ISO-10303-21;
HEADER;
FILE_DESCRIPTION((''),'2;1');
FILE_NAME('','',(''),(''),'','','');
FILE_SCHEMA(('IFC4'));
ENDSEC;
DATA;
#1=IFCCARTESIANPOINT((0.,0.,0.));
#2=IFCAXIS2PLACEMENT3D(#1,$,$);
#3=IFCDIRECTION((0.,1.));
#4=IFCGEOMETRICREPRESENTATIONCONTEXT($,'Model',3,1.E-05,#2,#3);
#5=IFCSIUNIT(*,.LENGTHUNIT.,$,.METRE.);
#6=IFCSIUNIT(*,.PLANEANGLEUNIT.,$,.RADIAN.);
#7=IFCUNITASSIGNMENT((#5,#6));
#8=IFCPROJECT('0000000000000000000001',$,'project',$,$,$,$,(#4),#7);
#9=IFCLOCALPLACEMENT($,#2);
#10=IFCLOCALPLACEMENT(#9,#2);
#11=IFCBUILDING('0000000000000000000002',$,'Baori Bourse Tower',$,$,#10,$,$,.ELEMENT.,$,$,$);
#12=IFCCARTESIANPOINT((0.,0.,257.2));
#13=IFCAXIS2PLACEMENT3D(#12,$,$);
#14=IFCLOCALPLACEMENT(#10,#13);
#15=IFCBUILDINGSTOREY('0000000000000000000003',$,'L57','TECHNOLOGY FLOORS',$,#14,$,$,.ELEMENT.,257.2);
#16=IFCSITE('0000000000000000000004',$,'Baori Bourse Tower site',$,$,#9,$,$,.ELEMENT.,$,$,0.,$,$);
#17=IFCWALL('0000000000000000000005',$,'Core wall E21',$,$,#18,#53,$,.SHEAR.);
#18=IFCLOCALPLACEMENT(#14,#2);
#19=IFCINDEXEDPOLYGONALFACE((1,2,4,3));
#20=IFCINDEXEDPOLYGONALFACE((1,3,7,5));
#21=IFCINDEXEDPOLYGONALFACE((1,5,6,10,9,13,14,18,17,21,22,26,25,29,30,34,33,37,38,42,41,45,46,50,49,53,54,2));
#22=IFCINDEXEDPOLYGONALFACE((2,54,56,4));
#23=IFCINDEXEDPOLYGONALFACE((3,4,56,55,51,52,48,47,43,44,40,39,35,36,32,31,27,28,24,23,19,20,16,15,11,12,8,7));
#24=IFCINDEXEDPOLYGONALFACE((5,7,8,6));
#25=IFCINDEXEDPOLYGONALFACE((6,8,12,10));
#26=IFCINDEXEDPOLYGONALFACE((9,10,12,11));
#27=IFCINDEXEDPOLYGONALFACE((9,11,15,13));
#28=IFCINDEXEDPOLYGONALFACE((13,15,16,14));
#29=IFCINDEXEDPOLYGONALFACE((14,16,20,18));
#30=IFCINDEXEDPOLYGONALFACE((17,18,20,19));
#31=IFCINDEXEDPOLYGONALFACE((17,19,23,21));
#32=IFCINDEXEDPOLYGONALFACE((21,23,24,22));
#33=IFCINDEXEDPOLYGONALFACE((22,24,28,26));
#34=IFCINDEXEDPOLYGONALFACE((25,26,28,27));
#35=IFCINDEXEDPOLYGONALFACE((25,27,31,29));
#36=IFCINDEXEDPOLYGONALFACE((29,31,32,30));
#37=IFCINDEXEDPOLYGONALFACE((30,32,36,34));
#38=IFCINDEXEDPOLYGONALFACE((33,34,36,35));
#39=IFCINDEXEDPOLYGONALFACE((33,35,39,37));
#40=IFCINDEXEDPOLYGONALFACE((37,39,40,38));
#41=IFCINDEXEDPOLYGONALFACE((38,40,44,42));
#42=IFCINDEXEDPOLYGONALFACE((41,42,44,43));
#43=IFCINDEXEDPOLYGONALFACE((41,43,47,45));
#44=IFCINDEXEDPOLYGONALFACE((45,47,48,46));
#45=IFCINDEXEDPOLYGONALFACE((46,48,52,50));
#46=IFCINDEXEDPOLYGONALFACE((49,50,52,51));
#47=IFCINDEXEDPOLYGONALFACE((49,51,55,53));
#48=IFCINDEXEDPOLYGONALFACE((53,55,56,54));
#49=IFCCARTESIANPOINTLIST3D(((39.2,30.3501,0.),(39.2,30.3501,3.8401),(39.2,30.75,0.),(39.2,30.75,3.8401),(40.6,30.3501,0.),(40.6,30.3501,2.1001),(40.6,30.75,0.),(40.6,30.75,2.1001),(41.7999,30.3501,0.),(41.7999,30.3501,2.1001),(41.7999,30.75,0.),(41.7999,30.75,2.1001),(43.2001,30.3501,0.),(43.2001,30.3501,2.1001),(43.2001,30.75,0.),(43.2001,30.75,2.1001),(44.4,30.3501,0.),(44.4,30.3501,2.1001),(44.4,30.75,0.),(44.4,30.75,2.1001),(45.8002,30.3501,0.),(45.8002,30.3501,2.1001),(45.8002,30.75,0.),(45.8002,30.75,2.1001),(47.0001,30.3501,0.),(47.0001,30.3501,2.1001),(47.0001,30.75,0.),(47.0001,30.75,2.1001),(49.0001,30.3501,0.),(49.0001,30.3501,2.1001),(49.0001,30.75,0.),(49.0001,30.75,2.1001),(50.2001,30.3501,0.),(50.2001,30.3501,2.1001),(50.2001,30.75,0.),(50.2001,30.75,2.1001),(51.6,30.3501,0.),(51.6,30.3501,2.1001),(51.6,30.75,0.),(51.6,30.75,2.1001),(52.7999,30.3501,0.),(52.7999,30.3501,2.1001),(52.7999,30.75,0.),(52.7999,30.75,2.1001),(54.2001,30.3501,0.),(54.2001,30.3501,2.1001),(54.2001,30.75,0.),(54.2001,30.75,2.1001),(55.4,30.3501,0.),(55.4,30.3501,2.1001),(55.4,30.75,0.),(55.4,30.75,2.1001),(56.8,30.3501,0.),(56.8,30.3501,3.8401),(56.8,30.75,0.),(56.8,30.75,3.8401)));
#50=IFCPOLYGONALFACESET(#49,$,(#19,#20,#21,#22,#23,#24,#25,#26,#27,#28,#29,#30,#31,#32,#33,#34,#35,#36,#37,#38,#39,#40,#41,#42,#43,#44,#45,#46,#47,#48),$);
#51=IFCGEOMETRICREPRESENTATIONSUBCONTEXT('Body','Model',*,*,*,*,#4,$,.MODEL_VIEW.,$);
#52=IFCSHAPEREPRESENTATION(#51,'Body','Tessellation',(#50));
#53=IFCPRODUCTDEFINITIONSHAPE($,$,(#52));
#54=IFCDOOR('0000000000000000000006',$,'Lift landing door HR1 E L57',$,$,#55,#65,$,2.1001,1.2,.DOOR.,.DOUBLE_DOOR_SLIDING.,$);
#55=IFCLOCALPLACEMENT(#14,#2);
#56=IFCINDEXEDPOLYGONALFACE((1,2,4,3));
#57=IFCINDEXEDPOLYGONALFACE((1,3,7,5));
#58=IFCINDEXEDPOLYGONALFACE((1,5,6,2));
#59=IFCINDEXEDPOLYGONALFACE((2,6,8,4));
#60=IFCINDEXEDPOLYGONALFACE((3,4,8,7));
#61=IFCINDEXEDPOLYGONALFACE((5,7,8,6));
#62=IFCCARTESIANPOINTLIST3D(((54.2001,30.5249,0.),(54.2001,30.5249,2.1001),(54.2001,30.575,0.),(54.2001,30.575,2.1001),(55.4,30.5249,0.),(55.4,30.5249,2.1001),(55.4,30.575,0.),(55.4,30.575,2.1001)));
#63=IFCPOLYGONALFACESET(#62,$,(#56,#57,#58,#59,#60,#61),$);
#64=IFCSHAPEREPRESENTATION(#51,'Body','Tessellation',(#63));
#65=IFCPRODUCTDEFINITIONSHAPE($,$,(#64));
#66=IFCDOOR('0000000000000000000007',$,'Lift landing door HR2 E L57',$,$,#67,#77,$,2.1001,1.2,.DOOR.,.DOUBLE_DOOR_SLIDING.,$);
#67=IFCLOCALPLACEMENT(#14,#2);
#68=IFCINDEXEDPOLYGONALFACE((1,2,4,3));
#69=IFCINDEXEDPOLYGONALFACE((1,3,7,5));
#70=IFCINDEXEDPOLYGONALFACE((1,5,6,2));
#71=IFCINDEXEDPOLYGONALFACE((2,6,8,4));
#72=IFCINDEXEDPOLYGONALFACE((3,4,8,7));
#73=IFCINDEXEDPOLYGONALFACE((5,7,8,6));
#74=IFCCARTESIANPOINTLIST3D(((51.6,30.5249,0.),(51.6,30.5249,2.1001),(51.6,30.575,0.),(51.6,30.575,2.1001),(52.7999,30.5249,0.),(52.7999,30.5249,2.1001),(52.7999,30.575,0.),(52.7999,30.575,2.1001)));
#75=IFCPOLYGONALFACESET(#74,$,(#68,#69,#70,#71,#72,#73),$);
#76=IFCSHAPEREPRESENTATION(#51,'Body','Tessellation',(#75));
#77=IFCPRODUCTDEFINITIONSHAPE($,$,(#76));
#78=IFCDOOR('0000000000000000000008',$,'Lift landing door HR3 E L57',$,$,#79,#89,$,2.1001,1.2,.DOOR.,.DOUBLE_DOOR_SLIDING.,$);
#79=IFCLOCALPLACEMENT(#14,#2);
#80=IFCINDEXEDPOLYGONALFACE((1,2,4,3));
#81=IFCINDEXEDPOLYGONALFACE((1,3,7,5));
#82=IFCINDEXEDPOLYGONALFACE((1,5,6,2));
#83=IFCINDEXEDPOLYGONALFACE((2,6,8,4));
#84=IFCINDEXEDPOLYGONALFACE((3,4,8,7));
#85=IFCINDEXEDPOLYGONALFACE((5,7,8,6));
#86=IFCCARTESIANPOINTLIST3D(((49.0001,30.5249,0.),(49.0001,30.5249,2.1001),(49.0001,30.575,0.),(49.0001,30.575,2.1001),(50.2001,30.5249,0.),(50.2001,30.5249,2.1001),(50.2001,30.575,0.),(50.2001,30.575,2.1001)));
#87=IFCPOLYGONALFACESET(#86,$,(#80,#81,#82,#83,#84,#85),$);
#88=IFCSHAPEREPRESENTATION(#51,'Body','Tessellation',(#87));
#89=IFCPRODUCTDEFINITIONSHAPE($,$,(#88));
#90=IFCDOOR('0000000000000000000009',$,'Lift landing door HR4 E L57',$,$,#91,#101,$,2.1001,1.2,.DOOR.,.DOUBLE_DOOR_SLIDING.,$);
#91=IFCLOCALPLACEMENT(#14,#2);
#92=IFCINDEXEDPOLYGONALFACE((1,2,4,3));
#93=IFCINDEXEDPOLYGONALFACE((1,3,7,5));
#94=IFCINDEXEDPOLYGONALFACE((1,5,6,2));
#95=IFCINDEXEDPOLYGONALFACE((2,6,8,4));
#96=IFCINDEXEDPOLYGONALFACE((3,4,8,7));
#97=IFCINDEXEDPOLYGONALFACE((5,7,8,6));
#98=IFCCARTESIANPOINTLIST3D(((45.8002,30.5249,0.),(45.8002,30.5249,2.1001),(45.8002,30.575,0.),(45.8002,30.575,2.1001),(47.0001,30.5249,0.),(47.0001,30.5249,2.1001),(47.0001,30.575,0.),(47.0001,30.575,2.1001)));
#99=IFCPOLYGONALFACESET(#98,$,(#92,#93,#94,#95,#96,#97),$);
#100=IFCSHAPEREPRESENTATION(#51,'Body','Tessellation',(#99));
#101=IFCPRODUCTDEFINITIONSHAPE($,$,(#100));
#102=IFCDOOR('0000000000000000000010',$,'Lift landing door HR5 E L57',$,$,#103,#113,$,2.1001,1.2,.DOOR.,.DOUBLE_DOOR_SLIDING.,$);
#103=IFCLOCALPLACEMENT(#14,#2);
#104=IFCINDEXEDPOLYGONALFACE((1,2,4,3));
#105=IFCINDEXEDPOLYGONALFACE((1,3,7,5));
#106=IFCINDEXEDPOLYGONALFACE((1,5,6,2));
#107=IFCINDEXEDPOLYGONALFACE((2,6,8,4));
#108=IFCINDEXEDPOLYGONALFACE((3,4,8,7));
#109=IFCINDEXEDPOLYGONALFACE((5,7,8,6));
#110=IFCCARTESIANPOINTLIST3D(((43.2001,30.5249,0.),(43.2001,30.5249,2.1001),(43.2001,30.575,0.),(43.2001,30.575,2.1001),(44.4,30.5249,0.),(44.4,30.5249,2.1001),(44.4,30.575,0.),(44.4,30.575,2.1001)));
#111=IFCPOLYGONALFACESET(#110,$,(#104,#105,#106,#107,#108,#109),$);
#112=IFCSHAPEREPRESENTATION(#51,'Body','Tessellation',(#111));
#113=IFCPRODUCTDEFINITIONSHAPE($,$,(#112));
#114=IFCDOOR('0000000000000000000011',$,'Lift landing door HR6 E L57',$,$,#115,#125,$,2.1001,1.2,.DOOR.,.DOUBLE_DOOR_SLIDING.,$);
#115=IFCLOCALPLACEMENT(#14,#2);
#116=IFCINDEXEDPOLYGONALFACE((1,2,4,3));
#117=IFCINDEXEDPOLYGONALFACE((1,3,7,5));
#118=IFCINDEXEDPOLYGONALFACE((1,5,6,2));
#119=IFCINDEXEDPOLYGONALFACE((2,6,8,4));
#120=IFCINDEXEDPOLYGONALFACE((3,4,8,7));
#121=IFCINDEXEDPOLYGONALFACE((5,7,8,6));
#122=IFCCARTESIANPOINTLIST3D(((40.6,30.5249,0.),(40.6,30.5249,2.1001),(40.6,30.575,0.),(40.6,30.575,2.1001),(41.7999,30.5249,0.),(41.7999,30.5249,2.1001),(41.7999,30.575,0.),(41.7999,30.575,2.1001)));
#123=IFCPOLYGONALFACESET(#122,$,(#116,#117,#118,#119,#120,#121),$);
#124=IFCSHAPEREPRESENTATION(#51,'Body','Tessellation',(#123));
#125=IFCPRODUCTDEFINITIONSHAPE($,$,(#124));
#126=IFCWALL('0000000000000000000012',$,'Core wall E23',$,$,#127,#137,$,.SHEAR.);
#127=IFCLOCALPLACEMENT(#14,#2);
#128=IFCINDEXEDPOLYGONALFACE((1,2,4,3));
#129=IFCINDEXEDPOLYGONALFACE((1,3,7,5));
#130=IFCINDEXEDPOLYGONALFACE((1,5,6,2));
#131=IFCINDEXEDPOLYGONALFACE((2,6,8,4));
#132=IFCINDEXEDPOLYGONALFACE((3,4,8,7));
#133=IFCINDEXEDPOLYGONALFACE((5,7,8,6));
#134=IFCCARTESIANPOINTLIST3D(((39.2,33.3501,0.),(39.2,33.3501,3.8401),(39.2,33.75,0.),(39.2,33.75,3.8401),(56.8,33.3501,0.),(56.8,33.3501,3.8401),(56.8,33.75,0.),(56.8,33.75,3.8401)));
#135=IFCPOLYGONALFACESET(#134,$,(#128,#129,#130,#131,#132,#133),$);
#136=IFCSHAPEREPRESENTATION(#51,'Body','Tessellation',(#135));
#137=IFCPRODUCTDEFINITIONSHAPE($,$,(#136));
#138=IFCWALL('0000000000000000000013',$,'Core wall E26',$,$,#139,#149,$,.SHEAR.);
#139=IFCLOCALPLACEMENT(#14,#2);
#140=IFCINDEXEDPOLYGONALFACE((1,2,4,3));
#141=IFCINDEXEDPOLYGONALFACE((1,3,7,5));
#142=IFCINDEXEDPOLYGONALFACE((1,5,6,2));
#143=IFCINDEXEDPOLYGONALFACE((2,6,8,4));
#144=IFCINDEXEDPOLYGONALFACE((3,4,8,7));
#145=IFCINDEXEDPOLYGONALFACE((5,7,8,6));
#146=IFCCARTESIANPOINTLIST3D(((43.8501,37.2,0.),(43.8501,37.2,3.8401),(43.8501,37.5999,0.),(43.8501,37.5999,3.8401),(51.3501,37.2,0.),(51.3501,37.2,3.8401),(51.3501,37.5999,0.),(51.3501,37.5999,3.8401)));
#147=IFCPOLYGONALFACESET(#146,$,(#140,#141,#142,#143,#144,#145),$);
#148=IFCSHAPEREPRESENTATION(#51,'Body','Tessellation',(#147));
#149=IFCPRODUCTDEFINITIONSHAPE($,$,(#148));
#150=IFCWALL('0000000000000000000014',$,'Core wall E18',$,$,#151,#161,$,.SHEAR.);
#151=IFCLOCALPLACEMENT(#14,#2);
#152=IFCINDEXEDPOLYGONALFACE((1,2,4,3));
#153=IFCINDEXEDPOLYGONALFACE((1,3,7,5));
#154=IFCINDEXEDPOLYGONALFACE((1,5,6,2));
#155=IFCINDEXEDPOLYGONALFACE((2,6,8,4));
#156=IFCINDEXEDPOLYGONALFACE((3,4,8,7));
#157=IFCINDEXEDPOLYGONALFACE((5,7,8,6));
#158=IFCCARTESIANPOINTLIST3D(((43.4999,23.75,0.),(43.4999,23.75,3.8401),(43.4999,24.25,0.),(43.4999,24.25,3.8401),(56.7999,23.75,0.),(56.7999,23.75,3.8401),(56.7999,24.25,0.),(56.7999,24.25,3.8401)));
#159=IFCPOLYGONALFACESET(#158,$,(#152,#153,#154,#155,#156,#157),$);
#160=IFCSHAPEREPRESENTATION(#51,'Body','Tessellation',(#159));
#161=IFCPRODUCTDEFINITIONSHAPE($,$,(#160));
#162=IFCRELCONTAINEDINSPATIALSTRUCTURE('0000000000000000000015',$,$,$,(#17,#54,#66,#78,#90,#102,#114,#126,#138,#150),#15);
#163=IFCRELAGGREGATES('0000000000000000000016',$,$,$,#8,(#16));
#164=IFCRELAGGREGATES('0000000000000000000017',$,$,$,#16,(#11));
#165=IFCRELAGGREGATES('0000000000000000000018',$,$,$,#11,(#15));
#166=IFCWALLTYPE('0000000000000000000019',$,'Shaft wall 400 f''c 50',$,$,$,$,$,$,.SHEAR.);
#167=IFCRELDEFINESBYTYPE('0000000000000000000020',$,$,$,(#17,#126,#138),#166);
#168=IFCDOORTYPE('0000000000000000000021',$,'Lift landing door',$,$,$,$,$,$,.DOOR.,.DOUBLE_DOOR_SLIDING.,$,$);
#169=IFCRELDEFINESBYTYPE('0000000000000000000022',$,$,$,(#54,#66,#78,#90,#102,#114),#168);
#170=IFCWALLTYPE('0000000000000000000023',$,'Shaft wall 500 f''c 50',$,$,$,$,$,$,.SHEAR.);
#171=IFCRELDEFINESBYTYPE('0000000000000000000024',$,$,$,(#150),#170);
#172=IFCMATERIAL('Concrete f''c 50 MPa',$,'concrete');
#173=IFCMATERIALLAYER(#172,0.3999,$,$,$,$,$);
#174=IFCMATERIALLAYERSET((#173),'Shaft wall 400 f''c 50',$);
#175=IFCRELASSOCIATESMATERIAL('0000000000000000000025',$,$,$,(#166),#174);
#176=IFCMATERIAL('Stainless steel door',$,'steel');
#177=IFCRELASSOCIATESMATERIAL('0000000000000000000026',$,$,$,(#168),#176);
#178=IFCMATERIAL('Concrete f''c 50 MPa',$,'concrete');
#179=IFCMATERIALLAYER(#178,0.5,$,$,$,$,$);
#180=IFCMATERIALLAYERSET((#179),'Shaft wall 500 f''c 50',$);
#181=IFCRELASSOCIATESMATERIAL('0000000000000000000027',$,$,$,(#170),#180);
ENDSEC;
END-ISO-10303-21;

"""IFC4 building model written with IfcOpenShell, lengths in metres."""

from ifc_helpers import new_model, si_unit, direction, frame, frame_2d, origin, place, context, subcontext, project, spatial, rectangle, extrude, material, layer, layer_set, type_object, element, fill, save


model = new_model("IFC4")

# Units and contexts
model_context = context("Model", 3, precision=1e-05, world=origin(), true_north=direction((0.0, 1.0)))
body_context = subcontext(model_context, "Body", "Model", "MODEL_VIEW")
ifc_project = project(units=[si_unit("LENGTHUNIT", "METRE"), si_unit("PLANEANGLEUNIT", "RADIAN")], contexts=[model_context])

# Site, building, storey
site_placement = place(None, origin())
site = spatial("IfcSite", under=ifc_project, at=site_placement, Name="Baori Bourse Tower site", CompositionType="ELEMENT", RefElevation=0.0)
building_placement = place(site_placement, origin())
building = spatial("IfcBuilding", under=site, at=building_placement, Name="Baori Bourse Tower", CompositionType="ELEMENT")
storey_placement = place(building_placement, frame((0.0, 0.0, 257.2)))
storey = spatial("IfcBuildingStorey", under=building, at=storey_placement, Name="L57", Description="TECHNOLOGY FLOORS", CompositionType="ELEMENT", Elevation=257.2)

# Wall, openings, doors
ifc_material_1 = material(Name="Concrete f'c 50 MPa", Category="concrete")
ifc_layer_1 = layer(ifc_material_1, 0.3999)
ifc_layer_set_1 = layer_set([ifc_layer_1], Name="Shaft wall 400 f'c 50")
wall_type_1 = type_object("IfcWallType", Name="Shaft wall 400 f'c 50", PredefinedType="SHEAR", material=ifc_layer_set_1)
ifc_material_2 = material(Name="Stainless steel door", Category="steel")
door_type_1 = type_object("IfcDoorType", Name="Lift landing door", OperationType="DOUBLE_DOOR_SLIDING", PredefinedType="DOOR", material=ifc_material_2)
wall_1_placement = place(storey_placement, frame((39.2, 30.55, 0.0), z_axis=(0.0, 0.0, 1.0), x_axis=(1.0, 0.0, 0.0)))
wall_1 = element("IfcWall", 1, at=wall_1_placement, inside=storey, type_object=wall_type_1, Name="Core wall E21", PredefinedType="SHEAR", context=body_context, shape_type="SweptSolid", body=[
    extrude(rectangle(XDim=17.6001, YDim=0.3999, at=frame_2d((8.8, 0.0))), origin(), (0.0, 0.0, 1.0), 3.8401),
])
opening_1_placement = place(wall_1_placement, frame((15.0, 0.0, 0.0)))
opening_1 = element("IfcOpeningElement", 2, at=opening_1_placement, cuts=wall_1, PredefinedType="OPENING", context=body_context, shape_type="SweptSolid", body=[
    extrude(rectangle(XDim=1.2, YDim=2.1001, at=frame_2d((0.6001, 1.05))), frame((0.0, 0.21, 0.0), z_axis=(0.0, -1.0, 0.0), x_axis=(1.0, 0.0, 0.0)), (0.0, 0.0, 1.0), 0.4199),
])
opening_2_placement = place(wall_1_placement, frame((12.3999, 0.0, 0.0)))
opening_2 = element("IfcOpeningElement", 3, at=opening_2_placement, cuts=wall_1, PredefinedType="OPENING", context=body_context, shape_type="SweptSolid", body=[
    extrude(rectangle(XDim=1.2, YDim=2.1001, at=frame_2d((0.6001, 1.05))), frame((0.0, 0.21, 0.0), z_axis=(0.0, -1.0, 0.0), x_axis=(1.0, 0.0, 0.0)), (0.0, 0.0, 1.0), 0.4199),
])
opening_3_placement = place(wall_1_placement, frame((9.8, 0.0, 0.0)))
opening_3 = element("IfcOpeningElement", 4, at=opening_3_placement, cuts=wall_1, PredefinedType="OPENING", context=body_context, shape_type="SweptSolid", body=[
    extrude(rectangle(XDim=1.2, YDim=2.1001, at=frame_2d((0.6001, 1.05))), frame((0.0, 0.21, 0.0), z_axis=(0.0, -1.0, 0.0), x_axis=(1.0, 0.0, 0.0)), (0.0, 0.0, 1.0), 0.4199),
])
opening_4_placement = place(wall_1_placement, frame((6.6001, 0.0, 0.0)))
opening_4 = element("IfcOpeningElement", 5, at=opening_4_placement, cuts=wall_1, PredefinedType="OPENING", context=body_context, shape_type="SweptSolid", body=[
    extrude(rectangle(XDim=1.2, YDim=2.1001, at=frame_2d((0.6001, 1.05))), frame((0.0, 0.21, 0.0), z_axis=(0.0, -1.0, 0.0), x_axis=(1.0, 0.0, 0.0)), (0.0, 0.0, 1.0), 0.4199),
])
opening_5_placement = place(wall_1_placement, frame((4.0, 0.0, 0.0)))
opening_5 = element("IfcOpeningElement", 6, at=opening_5_placement, cuts=wall_1, PredefinedType="OPENING", context=body_context, shape_type="SweptSolid", body=[
    extrude(rectangle(XDim=1.2, YDim=2.1001, at=frame_2d((0.6001, 1.05))), frame((0.0, 0.21, 0.0), z_axis=(0.0, -1.0, 0.0), x_axis=(1.0, 0.0, 0.0)), (0.0, 0.0, 1.0), 0.4199),
])
opening_6_placement = place(wall_1_placement, frame((1.3999, 0.0, 0.0)))
opening_6 = element("IfcOpeningElement", 7, at=opening_6_placement, cuts=wall_1, PredefinedType="OPENING", context=body_context, shape_type="SweptSolid", body=[
    extrude(rectangle(XDim=1.2, YDim=2.1001, at=frame_2d((0.6001, 1.05))), frame((0.0, 0.21, 0.0), z_axis=(0.0, -1.0, 0.0), x_axis=(1.0, 0.0, 0.0)), (0.0, 0.0, 1.0), 0.4199),
])
door_1_placement = place(opening_1_placement, origin())
door_1 = element("IfcDoor", 8, at=door_1_placement, inside=storey, type_object=door_type_1, Name="Lift landing door HR1 E L57", OperationType="DOUBLE_DOOR_SLIDING", OverallHeight=2.1001, OverallWidth=1.2, PredefinedType="DOOR", context=body_context, shape_type="SweptSolid", body=[
    extrude(rectangle(XDim=1.2, YDim=2.1001, at=frame_2d((0.6001, 1.05))), frame((0.0, 0.0249, 0.0), z_axis=(0.0, -1.0, 0.0), x_axis=(1.0, 0.0, 0.0)), (0.0, 0.0, 1.0), 0.05),
])
fill(opening_1, door_1)
door_2_placement = place(opening_2_placement, origin())
door_2 = element("IfcDoor", 9, at=door_2_placement, inside=storey, type_object=door_type_1, Name="Lift landing door HR2 E L57", OperationType="DOUBLE_DOOR_SLIDING", OverallHeight=2.1001, OverallWidth=1.2, PredefinedType="DOOR", context=body_context, shape_type="SweptSolid", body=[
    extrude(rectangle(XDim=1.2, YDim=2.1001, at=frame_2d((0.6001, 1.05))), frame((0.0, 0.0249, 0.0), z_axis=(0.0, -1.0, 0.0), x_axis=(1.0, 0.0, 0.0)), (0.0, 0.0, 1.0), 0.05),
])
fill(opening_2, door_2)
door_3_placement = place(opening_3_placement, origin())
door_3 = element("IfcDoor", 10, at=door_3_placement, inside=storey, type_object=door_type_1, Name="Lift landing door HR3 E L57", OperationType="DOUBLE_DOOR_SLIDING", OverallHeight=2.1001, OverallWidth=1.2, PredefinedType="DOOR", context=body_context, shape_type="SweptSolid", body=[
    extrude(rectangle(XDim=1.2, YDim=2.1001, at=frame_2d((0.6001, 1.05))), frame((0.0, 0.0249, 0.0), z_axis=(0.0, -1.0, 0.0), x_axis=(1.0, 0.0, 0.0)), (0.0, 0.0, 1.0), 0.05),
])
fill(opening_3, door_3)
door_4_placement = place(opening_4_placement, origin())
door_4 = element("IfcDoor", 11, at=door_4_placement, inside=storey, type_object=door_type_1, Name="Lift landing door HR4 E L57", OperationType="DOUBLE_DOOR_SLIDING", OverallHeight=2.1001, OverallWidth=1.2, PredefinedType="DOOR", context=body_context, shape_type="SweptSolid", body=[
    extrude(rectangle(XDim=1.2, YDim=2.1001, at=frame_2d((0.6001, 1.05))), frame((0.0, 0.0249, 0.0), z_axis=(0.0, -1.0, 0.0), x_axis=(1.0, 0.0, 0.0)), (0.0, 0.0, 1.0), 0.05),
])
fill(opening_4, door_4)
door_5_placement = place(opening_5_placement, origin())
door_5 = element("IfcDoor", 12, at=door_5_placement, inside=storey, type_object=door_type_1, Name="Lift landing door HR5 E L57", OperationType="DOUBLE_DOOR_SLIDING", OverallHeight=2.1001, OverallWidth=1.2, PredefinedType="DOOR", context=body_context, shape_type="SweptSolid", body=[
    extrude(rectangle(XDim=1.2, YDim=2.1001, at=frame_2d((0.6001, 1.05))), frame((0.0, 0.0249, 0.0), z_axis=(0.0, -1.0, 0.0), x_axis=(1.0, 0.0, 0.0)), (0.0, 0.0, 1.0), 0.05),
])
fill(opening_5, door_5)
door_6_placement = place(opening_6_placement, origin())
door_6 = element("IfcDoor", 13, at=door_6_placement, inside=storey, type_object=door_type_1, Name="Lift landing door HR6 E L57", OperationType="DOUBLE_DOOR_SLIDING", OverallHeight=2.1001, OverallWidth=1.2, PredefinedType="DOOR", context=body_context, shape_type="SweptSolid", body=[
    extrude(rectangle(XDim=1.2, YDim=2.1001, at=frame_2d((0.6001, 1.05))), frame((0.0, 0.0249, 0.0), z_axis=(0.0, -1.0, 0.0), x_axis=(1.0, 0.0, 0.0)), (0.0, 0.0, 1.0), 0.05),
])
fill(opening_6, door_6)

# Walls
wall_2_placement = place(storey_placement, frame((39.2, 33.55, 0.0), z_axis=(0.0, 0.0, 1.0), x_axis=(1.0, 0.0, 0.0)))
element("IfcWall", 14, at=wall_2_placement, inside=storey, type_object=wall_type_1, Name="Core wall E23", PredefinedType="SHEAR", context=body_context, shape_type="SweptSolid", body=[
    extrude(rectangle(XDim=17.6001, YDim=0.3999, at=frame_2d((8.8, 0.0))), origin(), (0.0, 0.0, 1.0), 3.8401),
])
wall_3_placement = place(storey_placement, frame((43.8501, 37.3999, 0.0), z_axis=(0.0, 0.0, 1.0), x_axis=(1.0, 0.0, 0.0)))
element("IfcWall", 15, at=wall_3_placement, inside=storey, type_object=wall_type_1, Name="Core wall E26", PredefinedType="SHEAR", context=body_context, shape_type="SweptSolid", body=[
    extrude(rectangle(XDim=7.5, YDim=0.3999, at=frame_2d((3.75, 0.0))), origin(), (0.0, 0.0, 1.0), 3.8401),
])
ifc_material_3 = material(Name="Concrete f'c 50 MPa", Category="concrete")
ifc_layer_2 = layer(ifc_material_3, 0.5)
ifc_layer_set_2 = layer_set([ifc_layer_2], Name="Shaft wall 500 f'c 50")
wall_type_2 = type_object("IfcWallType", Name="Shaft wall 500 f'c 50", PredefinedType="SHEAR", material=ifc_layer_set_2)
wall_4_placement = place(storey_placement, frame((43.5, 24.0, 0.0), z_axis=(0.0, 0.0, 1.0), x_axis=(1.0, 0.0, 0.0)))
element("IfcWall", 16, at=wall_4_placement, inside=storey, type_object=wall_type_2, Name="Core wall E18", PredefinedType="SHEAR", context=body_context, shape_type="SweptSolid", body=[
    extrude(rectangle(XDim=13.3, YDim=0.5, at=frame_2d((6.6499, 0.0))), origin(), (0.0, 0.0, 1.0), 3.8401),
])

save(model, "model.ifc")
